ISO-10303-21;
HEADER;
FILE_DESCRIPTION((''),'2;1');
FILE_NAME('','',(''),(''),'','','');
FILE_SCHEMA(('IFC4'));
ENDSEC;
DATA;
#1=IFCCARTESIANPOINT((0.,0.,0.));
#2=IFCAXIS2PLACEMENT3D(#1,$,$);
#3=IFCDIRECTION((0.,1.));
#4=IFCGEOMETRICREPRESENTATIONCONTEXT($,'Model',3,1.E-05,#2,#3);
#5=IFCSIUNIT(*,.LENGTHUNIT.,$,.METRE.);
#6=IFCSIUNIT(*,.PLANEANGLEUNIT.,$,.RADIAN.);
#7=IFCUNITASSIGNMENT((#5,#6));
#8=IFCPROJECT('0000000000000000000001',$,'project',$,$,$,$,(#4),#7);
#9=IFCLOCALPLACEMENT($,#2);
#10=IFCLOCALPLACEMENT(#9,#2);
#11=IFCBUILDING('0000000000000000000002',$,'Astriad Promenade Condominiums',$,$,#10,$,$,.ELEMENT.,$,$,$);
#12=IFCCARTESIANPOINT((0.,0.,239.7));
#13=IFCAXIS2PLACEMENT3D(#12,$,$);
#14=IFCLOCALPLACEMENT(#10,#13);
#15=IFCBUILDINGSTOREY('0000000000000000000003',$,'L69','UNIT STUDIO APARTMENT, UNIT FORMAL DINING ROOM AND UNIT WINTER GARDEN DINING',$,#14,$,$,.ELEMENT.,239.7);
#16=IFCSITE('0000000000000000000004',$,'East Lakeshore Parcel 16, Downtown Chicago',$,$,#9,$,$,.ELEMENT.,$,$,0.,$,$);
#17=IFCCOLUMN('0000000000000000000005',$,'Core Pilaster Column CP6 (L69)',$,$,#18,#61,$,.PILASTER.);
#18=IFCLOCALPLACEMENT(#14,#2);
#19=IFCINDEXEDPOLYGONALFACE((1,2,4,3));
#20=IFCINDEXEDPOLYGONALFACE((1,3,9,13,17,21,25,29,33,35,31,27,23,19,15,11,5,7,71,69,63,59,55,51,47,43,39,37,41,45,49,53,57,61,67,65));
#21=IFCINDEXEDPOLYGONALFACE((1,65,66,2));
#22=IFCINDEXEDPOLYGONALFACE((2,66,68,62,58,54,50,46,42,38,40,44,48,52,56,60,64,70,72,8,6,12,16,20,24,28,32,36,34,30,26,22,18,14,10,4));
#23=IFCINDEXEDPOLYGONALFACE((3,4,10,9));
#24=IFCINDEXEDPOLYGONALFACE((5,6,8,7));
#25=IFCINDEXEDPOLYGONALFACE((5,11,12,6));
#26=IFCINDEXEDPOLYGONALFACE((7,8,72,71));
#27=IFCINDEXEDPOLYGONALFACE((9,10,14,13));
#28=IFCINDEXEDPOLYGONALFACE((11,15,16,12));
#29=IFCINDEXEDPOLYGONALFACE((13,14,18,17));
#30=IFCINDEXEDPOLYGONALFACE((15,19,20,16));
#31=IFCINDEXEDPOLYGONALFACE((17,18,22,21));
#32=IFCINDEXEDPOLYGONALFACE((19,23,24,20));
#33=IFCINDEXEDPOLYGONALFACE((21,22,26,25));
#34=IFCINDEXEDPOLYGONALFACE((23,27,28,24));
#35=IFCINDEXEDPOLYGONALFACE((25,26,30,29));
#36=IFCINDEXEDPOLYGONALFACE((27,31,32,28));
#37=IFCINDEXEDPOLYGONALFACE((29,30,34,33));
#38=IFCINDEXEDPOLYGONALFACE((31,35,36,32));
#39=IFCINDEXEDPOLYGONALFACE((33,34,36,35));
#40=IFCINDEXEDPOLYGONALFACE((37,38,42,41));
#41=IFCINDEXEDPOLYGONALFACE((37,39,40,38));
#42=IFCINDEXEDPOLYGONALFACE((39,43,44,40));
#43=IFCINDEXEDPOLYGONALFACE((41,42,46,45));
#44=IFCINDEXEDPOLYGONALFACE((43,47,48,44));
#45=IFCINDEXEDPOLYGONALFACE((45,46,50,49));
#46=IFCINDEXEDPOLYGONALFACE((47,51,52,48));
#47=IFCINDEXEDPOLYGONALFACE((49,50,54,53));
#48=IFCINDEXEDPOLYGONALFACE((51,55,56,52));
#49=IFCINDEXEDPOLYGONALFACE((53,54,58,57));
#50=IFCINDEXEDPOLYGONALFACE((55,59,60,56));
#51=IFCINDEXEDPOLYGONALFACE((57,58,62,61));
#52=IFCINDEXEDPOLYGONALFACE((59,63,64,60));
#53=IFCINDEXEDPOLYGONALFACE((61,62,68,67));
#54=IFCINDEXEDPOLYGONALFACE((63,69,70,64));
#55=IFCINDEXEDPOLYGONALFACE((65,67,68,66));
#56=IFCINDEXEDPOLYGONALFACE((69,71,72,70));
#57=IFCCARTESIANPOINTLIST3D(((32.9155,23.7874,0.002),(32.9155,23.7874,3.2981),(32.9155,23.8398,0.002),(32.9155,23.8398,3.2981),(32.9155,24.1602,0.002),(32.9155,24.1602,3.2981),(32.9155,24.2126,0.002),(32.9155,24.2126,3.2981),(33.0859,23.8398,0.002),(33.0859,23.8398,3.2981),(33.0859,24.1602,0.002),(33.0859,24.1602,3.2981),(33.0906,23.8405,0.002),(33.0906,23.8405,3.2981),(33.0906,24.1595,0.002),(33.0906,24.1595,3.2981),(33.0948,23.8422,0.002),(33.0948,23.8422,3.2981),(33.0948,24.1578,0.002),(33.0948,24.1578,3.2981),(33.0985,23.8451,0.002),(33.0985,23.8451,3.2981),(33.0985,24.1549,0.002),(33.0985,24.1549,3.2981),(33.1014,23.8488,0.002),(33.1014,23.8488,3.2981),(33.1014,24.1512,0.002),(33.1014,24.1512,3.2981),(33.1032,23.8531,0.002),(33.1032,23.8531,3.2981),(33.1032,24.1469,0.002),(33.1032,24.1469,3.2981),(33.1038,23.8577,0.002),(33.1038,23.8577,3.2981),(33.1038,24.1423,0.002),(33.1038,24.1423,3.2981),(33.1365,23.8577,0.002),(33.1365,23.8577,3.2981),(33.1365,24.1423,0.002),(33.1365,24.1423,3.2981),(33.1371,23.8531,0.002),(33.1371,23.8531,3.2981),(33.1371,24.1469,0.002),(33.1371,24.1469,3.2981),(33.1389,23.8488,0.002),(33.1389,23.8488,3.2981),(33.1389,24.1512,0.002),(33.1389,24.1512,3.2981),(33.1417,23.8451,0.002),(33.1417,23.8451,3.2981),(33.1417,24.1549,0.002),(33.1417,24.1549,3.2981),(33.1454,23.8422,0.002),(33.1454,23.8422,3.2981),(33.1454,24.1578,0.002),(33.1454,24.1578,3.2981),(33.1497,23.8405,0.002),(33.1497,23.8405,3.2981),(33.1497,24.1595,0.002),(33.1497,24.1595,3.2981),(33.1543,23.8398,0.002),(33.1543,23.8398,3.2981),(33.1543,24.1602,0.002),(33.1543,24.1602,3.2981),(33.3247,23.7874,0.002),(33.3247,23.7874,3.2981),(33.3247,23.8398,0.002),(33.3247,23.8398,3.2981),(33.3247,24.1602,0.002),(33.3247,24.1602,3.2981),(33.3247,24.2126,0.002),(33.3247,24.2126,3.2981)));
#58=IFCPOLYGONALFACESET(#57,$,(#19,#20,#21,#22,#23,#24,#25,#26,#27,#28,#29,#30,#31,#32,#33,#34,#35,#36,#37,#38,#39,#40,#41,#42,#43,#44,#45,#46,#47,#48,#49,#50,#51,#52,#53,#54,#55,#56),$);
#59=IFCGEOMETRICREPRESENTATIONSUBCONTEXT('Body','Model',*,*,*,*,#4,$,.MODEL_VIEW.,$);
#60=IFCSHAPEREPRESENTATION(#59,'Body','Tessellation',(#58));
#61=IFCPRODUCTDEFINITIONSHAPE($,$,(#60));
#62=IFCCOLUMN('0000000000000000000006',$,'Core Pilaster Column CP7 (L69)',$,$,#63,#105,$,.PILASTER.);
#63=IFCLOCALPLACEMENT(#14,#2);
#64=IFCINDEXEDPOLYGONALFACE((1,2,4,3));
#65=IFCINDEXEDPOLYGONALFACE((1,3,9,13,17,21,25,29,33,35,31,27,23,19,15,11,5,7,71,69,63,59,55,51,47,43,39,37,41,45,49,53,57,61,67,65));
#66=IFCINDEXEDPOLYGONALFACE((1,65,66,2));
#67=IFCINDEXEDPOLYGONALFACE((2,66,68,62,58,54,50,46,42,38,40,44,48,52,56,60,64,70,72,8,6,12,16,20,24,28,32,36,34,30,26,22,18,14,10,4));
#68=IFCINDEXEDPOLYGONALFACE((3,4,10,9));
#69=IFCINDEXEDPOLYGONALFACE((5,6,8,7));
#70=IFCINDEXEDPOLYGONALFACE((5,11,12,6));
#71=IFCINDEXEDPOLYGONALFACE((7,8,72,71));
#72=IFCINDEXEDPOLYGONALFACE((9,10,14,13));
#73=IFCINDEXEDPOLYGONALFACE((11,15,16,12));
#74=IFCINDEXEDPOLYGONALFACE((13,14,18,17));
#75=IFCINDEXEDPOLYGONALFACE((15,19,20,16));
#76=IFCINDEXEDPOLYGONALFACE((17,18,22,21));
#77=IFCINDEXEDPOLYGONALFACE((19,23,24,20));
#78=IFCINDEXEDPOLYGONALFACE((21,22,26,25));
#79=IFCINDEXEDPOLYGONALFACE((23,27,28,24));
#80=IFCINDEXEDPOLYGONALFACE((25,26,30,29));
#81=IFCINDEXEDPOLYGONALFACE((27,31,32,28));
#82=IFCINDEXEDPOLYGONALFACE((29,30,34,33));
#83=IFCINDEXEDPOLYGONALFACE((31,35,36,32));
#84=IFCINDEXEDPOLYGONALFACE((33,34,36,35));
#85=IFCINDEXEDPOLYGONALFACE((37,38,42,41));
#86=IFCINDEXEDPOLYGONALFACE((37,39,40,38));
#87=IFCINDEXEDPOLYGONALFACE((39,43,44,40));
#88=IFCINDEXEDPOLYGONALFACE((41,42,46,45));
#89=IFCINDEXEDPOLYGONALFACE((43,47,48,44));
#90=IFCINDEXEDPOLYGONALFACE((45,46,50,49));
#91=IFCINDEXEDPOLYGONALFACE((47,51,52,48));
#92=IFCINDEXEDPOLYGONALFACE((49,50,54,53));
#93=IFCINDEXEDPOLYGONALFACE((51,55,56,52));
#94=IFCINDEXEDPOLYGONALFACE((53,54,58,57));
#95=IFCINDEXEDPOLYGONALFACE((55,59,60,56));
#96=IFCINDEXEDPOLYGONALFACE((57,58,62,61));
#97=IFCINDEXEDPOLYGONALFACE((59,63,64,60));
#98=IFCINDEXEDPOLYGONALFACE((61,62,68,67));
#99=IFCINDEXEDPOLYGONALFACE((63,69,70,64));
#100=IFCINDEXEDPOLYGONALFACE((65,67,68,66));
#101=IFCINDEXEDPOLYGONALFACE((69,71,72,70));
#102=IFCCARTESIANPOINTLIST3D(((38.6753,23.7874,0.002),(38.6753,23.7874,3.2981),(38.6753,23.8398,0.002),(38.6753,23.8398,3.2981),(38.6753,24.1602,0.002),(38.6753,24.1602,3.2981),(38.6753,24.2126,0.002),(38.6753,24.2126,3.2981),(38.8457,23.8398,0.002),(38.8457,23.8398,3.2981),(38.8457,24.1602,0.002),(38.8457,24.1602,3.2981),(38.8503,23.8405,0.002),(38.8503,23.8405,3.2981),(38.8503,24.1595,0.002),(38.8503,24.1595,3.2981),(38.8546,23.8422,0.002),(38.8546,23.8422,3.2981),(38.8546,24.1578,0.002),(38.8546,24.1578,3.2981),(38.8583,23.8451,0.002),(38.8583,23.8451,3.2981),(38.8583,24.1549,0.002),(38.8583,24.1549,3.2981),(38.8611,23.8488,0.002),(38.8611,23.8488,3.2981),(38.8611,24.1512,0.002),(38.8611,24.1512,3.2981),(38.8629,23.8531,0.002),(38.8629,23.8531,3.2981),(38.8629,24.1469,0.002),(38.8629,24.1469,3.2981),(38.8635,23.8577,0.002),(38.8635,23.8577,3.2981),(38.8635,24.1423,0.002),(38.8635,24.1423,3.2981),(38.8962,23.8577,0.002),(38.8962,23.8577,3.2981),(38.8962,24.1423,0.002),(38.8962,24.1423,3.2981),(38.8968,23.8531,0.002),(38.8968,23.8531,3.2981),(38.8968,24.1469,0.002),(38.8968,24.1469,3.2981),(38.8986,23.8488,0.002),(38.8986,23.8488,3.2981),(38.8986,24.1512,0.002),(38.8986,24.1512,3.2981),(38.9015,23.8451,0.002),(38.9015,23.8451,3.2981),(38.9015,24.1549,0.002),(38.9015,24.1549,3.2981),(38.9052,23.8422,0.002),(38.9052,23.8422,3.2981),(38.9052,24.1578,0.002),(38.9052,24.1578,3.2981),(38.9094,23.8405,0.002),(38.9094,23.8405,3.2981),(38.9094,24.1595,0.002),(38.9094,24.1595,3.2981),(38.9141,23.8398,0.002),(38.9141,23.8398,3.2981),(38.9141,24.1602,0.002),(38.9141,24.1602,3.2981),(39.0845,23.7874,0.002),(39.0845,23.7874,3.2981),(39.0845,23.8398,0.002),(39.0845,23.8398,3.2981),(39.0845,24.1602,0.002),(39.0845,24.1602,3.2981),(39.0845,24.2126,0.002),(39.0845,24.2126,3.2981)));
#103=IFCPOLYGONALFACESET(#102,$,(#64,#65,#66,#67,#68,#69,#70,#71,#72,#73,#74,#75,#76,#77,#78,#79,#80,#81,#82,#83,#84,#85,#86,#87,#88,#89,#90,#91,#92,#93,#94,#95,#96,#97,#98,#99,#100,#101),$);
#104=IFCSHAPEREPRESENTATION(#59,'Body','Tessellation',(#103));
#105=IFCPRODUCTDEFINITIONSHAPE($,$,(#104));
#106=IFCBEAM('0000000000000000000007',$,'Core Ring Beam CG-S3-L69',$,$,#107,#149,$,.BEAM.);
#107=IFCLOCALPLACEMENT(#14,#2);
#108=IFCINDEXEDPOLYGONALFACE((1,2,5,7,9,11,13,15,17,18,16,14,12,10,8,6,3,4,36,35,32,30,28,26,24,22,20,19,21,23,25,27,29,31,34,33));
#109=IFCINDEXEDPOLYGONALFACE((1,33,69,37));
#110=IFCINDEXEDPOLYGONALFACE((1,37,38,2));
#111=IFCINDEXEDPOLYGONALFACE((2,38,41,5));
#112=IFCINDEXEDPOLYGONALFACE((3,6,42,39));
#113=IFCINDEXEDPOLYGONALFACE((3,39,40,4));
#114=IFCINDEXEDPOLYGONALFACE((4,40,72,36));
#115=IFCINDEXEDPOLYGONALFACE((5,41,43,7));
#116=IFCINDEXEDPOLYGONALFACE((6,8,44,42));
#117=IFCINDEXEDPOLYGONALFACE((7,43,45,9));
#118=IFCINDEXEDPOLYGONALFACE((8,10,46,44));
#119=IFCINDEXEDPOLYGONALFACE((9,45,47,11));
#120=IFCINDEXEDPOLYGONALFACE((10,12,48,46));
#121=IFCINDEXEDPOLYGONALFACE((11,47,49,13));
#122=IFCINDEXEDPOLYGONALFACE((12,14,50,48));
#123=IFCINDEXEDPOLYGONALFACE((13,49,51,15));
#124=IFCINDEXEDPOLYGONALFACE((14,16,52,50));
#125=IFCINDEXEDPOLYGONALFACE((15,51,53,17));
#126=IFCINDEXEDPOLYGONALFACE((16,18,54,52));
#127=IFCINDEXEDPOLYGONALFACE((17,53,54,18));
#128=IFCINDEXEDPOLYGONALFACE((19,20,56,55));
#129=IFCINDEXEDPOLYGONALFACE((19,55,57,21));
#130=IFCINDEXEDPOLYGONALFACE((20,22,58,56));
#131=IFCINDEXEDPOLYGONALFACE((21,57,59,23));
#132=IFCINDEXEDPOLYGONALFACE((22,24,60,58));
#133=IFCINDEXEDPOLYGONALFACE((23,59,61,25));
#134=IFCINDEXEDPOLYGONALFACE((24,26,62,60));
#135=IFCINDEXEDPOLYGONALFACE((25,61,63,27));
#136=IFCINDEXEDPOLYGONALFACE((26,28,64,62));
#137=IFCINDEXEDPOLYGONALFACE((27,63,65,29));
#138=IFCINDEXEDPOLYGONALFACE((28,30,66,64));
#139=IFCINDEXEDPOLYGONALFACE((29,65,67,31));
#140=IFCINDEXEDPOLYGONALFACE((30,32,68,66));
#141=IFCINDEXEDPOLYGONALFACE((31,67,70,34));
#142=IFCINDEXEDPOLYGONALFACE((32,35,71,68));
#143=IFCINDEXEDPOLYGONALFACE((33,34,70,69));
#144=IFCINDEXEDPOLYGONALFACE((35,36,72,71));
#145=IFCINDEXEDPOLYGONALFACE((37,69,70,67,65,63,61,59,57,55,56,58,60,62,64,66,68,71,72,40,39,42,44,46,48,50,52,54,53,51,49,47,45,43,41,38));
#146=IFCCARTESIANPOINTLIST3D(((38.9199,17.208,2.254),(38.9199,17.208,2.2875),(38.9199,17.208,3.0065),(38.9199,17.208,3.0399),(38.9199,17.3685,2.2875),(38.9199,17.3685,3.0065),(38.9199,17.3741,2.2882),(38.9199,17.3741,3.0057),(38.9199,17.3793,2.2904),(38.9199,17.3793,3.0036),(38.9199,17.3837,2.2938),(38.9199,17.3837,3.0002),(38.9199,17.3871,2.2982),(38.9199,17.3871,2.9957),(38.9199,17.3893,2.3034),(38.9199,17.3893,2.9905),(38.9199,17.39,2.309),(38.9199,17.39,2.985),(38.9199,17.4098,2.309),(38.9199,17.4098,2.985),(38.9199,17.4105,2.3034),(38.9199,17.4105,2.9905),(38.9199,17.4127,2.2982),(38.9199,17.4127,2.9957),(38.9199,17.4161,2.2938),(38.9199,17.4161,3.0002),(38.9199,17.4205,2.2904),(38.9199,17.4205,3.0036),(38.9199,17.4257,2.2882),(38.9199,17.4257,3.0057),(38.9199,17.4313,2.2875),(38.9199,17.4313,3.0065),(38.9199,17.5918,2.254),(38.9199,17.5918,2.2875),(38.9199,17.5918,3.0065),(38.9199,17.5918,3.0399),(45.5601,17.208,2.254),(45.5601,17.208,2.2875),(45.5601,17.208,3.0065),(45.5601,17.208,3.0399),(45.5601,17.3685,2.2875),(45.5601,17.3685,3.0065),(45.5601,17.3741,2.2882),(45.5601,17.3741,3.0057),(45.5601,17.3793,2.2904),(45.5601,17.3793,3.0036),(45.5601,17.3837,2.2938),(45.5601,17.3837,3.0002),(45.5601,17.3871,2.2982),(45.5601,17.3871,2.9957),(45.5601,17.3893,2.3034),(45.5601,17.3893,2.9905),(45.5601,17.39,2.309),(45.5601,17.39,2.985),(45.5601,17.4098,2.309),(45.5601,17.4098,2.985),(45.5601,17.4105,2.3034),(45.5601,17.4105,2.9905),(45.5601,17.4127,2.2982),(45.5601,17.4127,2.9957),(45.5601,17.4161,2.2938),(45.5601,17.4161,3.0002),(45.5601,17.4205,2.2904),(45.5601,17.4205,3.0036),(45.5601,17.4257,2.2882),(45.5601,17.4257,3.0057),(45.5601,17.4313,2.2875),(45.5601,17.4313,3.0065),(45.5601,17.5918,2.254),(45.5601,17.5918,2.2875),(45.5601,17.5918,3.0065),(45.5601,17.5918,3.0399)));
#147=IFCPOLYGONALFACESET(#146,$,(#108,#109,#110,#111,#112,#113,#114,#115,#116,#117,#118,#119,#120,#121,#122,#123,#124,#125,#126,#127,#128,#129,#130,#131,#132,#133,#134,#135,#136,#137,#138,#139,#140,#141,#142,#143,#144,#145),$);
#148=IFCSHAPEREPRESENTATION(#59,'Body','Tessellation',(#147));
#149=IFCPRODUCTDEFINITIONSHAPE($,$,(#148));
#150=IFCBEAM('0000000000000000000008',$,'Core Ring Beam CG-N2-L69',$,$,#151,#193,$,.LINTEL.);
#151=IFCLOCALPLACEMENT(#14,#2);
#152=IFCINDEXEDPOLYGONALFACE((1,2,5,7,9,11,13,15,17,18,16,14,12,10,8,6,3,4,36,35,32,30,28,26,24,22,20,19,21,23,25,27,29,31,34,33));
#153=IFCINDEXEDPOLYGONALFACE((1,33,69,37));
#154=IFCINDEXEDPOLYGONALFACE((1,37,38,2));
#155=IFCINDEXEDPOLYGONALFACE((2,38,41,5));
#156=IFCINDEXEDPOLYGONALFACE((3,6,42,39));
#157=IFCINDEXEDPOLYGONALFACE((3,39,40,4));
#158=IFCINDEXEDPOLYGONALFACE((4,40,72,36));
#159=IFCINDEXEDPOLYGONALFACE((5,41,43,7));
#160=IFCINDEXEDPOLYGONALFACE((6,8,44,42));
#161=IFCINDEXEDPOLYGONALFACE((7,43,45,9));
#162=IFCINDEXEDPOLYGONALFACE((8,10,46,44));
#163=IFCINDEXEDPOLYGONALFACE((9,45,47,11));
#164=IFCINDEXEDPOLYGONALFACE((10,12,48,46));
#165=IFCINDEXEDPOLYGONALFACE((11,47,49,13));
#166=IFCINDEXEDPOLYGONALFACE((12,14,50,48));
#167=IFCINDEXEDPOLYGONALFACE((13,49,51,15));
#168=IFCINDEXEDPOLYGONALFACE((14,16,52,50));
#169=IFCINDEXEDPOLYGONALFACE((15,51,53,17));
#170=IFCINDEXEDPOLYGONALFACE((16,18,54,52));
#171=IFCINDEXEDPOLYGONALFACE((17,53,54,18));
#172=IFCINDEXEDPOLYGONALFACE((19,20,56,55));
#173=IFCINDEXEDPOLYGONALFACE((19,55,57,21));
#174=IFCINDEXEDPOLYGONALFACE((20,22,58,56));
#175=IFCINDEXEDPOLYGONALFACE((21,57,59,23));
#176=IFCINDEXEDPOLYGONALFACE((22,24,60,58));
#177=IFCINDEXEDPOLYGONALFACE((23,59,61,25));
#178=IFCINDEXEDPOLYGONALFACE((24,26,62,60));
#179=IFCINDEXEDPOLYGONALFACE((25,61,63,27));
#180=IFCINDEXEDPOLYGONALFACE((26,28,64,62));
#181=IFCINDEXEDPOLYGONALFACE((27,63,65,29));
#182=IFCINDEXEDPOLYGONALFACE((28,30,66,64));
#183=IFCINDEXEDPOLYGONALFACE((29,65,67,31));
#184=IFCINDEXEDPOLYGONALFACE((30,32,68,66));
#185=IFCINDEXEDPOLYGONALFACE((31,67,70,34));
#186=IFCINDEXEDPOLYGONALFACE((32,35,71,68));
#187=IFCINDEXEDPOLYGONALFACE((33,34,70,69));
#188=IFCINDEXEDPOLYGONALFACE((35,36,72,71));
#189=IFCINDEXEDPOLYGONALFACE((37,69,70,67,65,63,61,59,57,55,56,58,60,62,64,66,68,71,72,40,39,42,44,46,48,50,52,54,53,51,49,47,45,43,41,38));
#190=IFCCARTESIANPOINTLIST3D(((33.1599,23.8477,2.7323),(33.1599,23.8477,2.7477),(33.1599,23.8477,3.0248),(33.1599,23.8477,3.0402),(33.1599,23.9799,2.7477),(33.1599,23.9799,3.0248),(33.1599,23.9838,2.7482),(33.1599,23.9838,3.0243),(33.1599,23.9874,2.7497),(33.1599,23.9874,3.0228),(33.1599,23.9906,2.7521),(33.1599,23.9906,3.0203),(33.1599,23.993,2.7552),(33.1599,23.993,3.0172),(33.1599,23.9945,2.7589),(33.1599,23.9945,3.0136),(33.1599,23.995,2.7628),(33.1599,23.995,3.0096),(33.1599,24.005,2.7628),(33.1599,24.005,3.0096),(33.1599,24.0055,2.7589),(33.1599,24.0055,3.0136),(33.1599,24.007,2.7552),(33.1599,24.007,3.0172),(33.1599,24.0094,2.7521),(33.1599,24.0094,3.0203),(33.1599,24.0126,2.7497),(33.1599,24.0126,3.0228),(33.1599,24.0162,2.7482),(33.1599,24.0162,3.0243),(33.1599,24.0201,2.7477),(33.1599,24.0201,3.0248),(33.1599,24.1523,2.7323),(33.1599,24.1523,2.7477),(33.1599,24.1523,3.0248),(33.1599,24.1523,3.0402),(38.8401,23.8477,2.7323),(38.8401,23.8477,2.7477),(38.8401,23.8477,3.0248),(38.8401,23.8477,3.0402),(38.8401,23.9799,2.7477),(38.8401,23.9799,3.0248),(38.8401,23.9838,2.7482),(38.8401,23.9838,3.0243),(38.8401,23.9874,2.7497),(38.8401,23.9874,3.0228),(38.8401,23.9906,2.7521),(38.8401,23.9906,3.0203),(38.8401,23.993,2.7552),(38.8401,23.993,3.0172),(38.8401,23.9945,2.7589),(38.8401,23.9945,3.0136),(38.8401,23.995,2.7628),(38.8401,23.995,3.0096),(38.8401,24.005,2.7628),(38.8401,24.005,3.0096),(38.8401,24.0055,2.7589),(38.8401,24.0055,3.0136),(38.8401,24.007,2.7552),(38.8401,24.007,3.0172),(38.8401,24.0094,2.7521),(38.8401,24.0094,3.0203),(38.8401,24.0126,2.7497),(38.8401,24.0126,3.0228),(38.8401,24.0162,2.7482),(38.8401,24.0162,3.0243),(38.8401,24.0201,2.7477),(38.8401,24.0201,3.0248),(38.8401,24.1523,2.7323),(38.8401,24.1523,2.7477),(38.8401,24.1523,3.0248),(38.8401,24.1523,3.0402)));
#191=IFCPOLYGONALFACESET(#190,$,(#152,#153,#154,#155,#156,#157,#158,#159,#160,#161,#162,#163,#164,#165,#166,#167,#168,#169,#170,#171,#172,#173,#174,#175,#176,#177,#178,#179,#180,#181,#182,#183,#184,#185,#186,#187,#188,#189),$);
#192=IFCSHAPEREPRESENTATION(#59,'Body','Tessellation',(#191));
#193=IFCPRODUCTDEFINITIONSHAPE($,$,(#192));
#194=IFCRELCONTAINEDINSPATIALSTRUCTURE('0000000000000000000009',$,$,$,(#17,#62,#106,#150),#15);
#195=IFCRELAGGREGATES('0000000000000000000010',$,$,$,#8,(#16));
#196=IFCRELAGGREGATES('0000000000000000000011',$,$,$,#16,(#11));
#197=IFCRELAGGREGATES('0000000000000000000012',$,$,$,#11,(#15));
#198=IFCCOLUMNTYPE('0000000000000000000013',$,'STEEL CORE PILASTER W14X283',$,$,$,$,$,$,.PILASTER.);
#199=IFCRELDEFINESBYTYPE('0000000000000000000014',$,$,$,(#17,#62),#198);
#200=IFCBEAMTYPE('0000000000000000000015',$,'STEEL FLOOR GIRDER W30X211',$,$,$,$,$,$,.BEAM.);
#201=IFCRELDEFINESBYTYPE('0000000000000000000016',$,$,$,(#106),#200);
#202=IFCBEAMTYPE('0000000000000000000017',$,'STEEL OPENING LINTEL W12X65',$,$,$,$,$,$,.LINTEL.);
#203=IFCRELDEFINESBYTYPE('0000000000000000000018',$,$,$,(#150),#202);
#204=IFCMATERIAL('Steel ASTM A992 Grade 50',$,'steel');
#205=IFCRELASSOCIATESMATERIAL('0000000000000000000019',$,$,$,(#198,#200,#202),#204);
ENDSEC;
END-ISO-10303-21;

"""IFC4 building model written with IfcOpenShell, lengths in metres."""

from ifc_helpers import new_model, si_unit, direction, frame, origin, origin_2d, place, context, subcontext, project, spatial, i_section, extrude, source, transform, mapped, material, material_profile, profile_set, type_object, type_shapes, element, save


model = new_model("IFC4")

# Units and contexts
model_context = context("Model", 3, precision=1e-05, world=origin(), true_north=direction((0.0, 1.0)))
body_context = subcontext(model_context, "Body", "Model", "MODEL_VIEW")
ifc_project = project(units=[si_unit("LENGTHUNIT", "METRE"), si_unit("PLANEANGLEUNIT", "RADIAN")], contexts=[model_context])

# Site, building, storey
site_placement = place(None, origin())
site = spatial("IfcSite", under=ifc_project, at=site_placement, Name="East Lakeshore Parcel 16, Downtown Chicago", CompositionType="ELEMENT", RefElevation=0.0)
building_placement = place(site_placement, origin())
building = spatial("IfcBuilding", under=site, at=building_placement, Name="Astriad Promenade Condominiums", CompositionType="ELEMENT")
storey_placement = place(building_placement, frame((0.0, 0.0, 239.7)))
storey = spatial("IfcBuildingStorey", under=building, at=storey_placement, Name="L69", Description="UNIT STUDIO APARTMENT, UNIT FORMAL DINING ROOM AND UNIT WINTER GARDEN DINING", CompositionType="ELEMENT", Elevation=239.7)

# Columns
ifc_material_1 = material(Name="Steel ASTM A992 Grade 50", Category="steel")
ifc_material_profile_1 = material_profile(ifc_material_1, i_section(OverallWidth=0.4092, OverallDepth=0.4253, WebThickness=0.0327, FlangeThickness=0.0525, FilletRadius=0.0178, at=origin_2d()), Name="W14X283")
ifc_profile_set_1 = profile_set([ifc_material_profile_1], Name="Steel ASTM A992 Grade 50")
column_type = type_object("IfcColumnType", Name="STEEL CORE PILASTER W14X283", PredefinedType="PILASTER", material=ifc_profile_set_1)
shared_shape_1 = source(origin(), body_context, "Body", "SweptSolid", [
    extrude(i_section(OverallWidth=0.4092, OverallDepth=0.4253, WebThickness=0.0327, FlangeThickness=0.0525, FilletRadius=0.0178, at=origin_2d()), origin(), (0.0, 0.0, 1.0), 3.2961),
])
type_shapes(column_type, [shared_shape_1])
for number, where, z_axis, x_axis, name in (
    (1, (33.1201, 24.0, 0.002), (0.0, 0.0, 1.0), (1.0, 0.0, 0.0), "Core Pilaster Column CP6 (L69)"),
    (2, (38.8799, 24.0, 0.002), (0.0, 0.0, 1.0), (1.0, 0.0, 0.0), "Core Pilaster Column CP7 (L69)"),
):
    element("IfcColumn", number, at=place(storey_placement, frame(where, z_axis=z_axis, x_axis=x_axis)), inside=storey, type_object=column_type, Name=name, PredefinedType="PILASTER", context=body_context, shape_type="MappedRepresentation", body=[
        mapped(shared_shape_1, transform((0.0, 0.0, 0.0), scale=1.0)),
    ])

# Beams
ifc_material_profile_2 = material_profile(ifc_material_1, i_section(OverallWidth=0.3838, OverallDepth=0.7859, WebThickness=0.0198, FlangeThickness=0.0334, FilletRadius=0.0215, at=origin_2d()), Name="W30X211")
ifc_profile_set_2 = profile_set([ifc_material_profile_2], Name="Steel ASTM A992 Grade 50")
beam_type_1 = type_object("IfcBeamType", Name="STEEL FLOOR GIRDER W30X211", PredefinedType="BEAM", material=ifc_profile_set_2)
shared_shape_2 = source(origin(), body_context, "Body", "SweptSolid", [
    extrude(i_section(OverallWidth=0.3838, OverallDepth=0.7859, WebThickness=0.0198, FlangeThickness=0.0334, FilletRadius=0.0215, at=origin_2d()), origin(), (0.0, 0.0, 1.0), 6.6401),
])
type_shapes(beam_type_1, [shared_shape_2])
beam_1_placement = place(storey_placement, frame((38.9199, 17.3999, 2.647), z_axis=(1.0, 0.0, 0.0), x_axis=(0.0, 1.0, 0.0)))
element("IfcBeam", 3, at=beam_1_placement, inside=storey, type_object=beam_type_1, Name="Core Ring Beam CG-S3-L69", PredefinedType="BEAM", context=body_context, shape_type="MappedRepresentation", body=[
    mapped(shared_shape_2, transform((0.0, 0.0, 0.0), scale=1.0)),
])
ifc_material_profile_3 = material_profile(ifc_material_1, i_section(OverallWidth=0.3047, OverallDepth=0.3079, WebThickness=0.01, FlangeThickness=0.0154, FilletRadius=0.0151, at=origin_2d()), Name="W12X65")
ifc_profile_set_3 = profile_set([ifc_material_profile_3], Name="Steel ASTM A992 Grade 50")
beam_type_2 = type_object("IfcBeamType", Name="STEEL OPENING LINTEL W12X65", PredefinedType="LINTEL", material=ifc_profile_set_3)
shared_shape_3 = source(origin(), body_context, "Body", "SweptSolid", [
    extrude(i_section(OverallWidth=0.3047, OverallDepth=0.3079, WebThickness=0.01, FlangeThickness=0.0154, FilletRadius=0.0151, at=origin_2d()), origin(), (0.0, 0.0, 1.0), 5.6802),
])
type_shapes(beam_type_2, [shared_shape_3])
beam_2_placement = place(storey_placement, frame((33.1599, 24.0, 2.8862), z_axis=(1.0, 0.0, 0.0), x_axis=(0.0, 1.0, 0.0)))
element("IfcBeam", 4, at=beam_2_placement, inside=storey, type_object=beam_type_2, Name="Core Ring Beam CG-N2-L69", PredefinedType="LINTEL", context=body_context, shape_type="MappedRepresentation", body=[
    mapped(shared_shape_3, transform((0.0, 0.0, 0.0), scale=1.0)),
])

save(model, "model.ifc")
